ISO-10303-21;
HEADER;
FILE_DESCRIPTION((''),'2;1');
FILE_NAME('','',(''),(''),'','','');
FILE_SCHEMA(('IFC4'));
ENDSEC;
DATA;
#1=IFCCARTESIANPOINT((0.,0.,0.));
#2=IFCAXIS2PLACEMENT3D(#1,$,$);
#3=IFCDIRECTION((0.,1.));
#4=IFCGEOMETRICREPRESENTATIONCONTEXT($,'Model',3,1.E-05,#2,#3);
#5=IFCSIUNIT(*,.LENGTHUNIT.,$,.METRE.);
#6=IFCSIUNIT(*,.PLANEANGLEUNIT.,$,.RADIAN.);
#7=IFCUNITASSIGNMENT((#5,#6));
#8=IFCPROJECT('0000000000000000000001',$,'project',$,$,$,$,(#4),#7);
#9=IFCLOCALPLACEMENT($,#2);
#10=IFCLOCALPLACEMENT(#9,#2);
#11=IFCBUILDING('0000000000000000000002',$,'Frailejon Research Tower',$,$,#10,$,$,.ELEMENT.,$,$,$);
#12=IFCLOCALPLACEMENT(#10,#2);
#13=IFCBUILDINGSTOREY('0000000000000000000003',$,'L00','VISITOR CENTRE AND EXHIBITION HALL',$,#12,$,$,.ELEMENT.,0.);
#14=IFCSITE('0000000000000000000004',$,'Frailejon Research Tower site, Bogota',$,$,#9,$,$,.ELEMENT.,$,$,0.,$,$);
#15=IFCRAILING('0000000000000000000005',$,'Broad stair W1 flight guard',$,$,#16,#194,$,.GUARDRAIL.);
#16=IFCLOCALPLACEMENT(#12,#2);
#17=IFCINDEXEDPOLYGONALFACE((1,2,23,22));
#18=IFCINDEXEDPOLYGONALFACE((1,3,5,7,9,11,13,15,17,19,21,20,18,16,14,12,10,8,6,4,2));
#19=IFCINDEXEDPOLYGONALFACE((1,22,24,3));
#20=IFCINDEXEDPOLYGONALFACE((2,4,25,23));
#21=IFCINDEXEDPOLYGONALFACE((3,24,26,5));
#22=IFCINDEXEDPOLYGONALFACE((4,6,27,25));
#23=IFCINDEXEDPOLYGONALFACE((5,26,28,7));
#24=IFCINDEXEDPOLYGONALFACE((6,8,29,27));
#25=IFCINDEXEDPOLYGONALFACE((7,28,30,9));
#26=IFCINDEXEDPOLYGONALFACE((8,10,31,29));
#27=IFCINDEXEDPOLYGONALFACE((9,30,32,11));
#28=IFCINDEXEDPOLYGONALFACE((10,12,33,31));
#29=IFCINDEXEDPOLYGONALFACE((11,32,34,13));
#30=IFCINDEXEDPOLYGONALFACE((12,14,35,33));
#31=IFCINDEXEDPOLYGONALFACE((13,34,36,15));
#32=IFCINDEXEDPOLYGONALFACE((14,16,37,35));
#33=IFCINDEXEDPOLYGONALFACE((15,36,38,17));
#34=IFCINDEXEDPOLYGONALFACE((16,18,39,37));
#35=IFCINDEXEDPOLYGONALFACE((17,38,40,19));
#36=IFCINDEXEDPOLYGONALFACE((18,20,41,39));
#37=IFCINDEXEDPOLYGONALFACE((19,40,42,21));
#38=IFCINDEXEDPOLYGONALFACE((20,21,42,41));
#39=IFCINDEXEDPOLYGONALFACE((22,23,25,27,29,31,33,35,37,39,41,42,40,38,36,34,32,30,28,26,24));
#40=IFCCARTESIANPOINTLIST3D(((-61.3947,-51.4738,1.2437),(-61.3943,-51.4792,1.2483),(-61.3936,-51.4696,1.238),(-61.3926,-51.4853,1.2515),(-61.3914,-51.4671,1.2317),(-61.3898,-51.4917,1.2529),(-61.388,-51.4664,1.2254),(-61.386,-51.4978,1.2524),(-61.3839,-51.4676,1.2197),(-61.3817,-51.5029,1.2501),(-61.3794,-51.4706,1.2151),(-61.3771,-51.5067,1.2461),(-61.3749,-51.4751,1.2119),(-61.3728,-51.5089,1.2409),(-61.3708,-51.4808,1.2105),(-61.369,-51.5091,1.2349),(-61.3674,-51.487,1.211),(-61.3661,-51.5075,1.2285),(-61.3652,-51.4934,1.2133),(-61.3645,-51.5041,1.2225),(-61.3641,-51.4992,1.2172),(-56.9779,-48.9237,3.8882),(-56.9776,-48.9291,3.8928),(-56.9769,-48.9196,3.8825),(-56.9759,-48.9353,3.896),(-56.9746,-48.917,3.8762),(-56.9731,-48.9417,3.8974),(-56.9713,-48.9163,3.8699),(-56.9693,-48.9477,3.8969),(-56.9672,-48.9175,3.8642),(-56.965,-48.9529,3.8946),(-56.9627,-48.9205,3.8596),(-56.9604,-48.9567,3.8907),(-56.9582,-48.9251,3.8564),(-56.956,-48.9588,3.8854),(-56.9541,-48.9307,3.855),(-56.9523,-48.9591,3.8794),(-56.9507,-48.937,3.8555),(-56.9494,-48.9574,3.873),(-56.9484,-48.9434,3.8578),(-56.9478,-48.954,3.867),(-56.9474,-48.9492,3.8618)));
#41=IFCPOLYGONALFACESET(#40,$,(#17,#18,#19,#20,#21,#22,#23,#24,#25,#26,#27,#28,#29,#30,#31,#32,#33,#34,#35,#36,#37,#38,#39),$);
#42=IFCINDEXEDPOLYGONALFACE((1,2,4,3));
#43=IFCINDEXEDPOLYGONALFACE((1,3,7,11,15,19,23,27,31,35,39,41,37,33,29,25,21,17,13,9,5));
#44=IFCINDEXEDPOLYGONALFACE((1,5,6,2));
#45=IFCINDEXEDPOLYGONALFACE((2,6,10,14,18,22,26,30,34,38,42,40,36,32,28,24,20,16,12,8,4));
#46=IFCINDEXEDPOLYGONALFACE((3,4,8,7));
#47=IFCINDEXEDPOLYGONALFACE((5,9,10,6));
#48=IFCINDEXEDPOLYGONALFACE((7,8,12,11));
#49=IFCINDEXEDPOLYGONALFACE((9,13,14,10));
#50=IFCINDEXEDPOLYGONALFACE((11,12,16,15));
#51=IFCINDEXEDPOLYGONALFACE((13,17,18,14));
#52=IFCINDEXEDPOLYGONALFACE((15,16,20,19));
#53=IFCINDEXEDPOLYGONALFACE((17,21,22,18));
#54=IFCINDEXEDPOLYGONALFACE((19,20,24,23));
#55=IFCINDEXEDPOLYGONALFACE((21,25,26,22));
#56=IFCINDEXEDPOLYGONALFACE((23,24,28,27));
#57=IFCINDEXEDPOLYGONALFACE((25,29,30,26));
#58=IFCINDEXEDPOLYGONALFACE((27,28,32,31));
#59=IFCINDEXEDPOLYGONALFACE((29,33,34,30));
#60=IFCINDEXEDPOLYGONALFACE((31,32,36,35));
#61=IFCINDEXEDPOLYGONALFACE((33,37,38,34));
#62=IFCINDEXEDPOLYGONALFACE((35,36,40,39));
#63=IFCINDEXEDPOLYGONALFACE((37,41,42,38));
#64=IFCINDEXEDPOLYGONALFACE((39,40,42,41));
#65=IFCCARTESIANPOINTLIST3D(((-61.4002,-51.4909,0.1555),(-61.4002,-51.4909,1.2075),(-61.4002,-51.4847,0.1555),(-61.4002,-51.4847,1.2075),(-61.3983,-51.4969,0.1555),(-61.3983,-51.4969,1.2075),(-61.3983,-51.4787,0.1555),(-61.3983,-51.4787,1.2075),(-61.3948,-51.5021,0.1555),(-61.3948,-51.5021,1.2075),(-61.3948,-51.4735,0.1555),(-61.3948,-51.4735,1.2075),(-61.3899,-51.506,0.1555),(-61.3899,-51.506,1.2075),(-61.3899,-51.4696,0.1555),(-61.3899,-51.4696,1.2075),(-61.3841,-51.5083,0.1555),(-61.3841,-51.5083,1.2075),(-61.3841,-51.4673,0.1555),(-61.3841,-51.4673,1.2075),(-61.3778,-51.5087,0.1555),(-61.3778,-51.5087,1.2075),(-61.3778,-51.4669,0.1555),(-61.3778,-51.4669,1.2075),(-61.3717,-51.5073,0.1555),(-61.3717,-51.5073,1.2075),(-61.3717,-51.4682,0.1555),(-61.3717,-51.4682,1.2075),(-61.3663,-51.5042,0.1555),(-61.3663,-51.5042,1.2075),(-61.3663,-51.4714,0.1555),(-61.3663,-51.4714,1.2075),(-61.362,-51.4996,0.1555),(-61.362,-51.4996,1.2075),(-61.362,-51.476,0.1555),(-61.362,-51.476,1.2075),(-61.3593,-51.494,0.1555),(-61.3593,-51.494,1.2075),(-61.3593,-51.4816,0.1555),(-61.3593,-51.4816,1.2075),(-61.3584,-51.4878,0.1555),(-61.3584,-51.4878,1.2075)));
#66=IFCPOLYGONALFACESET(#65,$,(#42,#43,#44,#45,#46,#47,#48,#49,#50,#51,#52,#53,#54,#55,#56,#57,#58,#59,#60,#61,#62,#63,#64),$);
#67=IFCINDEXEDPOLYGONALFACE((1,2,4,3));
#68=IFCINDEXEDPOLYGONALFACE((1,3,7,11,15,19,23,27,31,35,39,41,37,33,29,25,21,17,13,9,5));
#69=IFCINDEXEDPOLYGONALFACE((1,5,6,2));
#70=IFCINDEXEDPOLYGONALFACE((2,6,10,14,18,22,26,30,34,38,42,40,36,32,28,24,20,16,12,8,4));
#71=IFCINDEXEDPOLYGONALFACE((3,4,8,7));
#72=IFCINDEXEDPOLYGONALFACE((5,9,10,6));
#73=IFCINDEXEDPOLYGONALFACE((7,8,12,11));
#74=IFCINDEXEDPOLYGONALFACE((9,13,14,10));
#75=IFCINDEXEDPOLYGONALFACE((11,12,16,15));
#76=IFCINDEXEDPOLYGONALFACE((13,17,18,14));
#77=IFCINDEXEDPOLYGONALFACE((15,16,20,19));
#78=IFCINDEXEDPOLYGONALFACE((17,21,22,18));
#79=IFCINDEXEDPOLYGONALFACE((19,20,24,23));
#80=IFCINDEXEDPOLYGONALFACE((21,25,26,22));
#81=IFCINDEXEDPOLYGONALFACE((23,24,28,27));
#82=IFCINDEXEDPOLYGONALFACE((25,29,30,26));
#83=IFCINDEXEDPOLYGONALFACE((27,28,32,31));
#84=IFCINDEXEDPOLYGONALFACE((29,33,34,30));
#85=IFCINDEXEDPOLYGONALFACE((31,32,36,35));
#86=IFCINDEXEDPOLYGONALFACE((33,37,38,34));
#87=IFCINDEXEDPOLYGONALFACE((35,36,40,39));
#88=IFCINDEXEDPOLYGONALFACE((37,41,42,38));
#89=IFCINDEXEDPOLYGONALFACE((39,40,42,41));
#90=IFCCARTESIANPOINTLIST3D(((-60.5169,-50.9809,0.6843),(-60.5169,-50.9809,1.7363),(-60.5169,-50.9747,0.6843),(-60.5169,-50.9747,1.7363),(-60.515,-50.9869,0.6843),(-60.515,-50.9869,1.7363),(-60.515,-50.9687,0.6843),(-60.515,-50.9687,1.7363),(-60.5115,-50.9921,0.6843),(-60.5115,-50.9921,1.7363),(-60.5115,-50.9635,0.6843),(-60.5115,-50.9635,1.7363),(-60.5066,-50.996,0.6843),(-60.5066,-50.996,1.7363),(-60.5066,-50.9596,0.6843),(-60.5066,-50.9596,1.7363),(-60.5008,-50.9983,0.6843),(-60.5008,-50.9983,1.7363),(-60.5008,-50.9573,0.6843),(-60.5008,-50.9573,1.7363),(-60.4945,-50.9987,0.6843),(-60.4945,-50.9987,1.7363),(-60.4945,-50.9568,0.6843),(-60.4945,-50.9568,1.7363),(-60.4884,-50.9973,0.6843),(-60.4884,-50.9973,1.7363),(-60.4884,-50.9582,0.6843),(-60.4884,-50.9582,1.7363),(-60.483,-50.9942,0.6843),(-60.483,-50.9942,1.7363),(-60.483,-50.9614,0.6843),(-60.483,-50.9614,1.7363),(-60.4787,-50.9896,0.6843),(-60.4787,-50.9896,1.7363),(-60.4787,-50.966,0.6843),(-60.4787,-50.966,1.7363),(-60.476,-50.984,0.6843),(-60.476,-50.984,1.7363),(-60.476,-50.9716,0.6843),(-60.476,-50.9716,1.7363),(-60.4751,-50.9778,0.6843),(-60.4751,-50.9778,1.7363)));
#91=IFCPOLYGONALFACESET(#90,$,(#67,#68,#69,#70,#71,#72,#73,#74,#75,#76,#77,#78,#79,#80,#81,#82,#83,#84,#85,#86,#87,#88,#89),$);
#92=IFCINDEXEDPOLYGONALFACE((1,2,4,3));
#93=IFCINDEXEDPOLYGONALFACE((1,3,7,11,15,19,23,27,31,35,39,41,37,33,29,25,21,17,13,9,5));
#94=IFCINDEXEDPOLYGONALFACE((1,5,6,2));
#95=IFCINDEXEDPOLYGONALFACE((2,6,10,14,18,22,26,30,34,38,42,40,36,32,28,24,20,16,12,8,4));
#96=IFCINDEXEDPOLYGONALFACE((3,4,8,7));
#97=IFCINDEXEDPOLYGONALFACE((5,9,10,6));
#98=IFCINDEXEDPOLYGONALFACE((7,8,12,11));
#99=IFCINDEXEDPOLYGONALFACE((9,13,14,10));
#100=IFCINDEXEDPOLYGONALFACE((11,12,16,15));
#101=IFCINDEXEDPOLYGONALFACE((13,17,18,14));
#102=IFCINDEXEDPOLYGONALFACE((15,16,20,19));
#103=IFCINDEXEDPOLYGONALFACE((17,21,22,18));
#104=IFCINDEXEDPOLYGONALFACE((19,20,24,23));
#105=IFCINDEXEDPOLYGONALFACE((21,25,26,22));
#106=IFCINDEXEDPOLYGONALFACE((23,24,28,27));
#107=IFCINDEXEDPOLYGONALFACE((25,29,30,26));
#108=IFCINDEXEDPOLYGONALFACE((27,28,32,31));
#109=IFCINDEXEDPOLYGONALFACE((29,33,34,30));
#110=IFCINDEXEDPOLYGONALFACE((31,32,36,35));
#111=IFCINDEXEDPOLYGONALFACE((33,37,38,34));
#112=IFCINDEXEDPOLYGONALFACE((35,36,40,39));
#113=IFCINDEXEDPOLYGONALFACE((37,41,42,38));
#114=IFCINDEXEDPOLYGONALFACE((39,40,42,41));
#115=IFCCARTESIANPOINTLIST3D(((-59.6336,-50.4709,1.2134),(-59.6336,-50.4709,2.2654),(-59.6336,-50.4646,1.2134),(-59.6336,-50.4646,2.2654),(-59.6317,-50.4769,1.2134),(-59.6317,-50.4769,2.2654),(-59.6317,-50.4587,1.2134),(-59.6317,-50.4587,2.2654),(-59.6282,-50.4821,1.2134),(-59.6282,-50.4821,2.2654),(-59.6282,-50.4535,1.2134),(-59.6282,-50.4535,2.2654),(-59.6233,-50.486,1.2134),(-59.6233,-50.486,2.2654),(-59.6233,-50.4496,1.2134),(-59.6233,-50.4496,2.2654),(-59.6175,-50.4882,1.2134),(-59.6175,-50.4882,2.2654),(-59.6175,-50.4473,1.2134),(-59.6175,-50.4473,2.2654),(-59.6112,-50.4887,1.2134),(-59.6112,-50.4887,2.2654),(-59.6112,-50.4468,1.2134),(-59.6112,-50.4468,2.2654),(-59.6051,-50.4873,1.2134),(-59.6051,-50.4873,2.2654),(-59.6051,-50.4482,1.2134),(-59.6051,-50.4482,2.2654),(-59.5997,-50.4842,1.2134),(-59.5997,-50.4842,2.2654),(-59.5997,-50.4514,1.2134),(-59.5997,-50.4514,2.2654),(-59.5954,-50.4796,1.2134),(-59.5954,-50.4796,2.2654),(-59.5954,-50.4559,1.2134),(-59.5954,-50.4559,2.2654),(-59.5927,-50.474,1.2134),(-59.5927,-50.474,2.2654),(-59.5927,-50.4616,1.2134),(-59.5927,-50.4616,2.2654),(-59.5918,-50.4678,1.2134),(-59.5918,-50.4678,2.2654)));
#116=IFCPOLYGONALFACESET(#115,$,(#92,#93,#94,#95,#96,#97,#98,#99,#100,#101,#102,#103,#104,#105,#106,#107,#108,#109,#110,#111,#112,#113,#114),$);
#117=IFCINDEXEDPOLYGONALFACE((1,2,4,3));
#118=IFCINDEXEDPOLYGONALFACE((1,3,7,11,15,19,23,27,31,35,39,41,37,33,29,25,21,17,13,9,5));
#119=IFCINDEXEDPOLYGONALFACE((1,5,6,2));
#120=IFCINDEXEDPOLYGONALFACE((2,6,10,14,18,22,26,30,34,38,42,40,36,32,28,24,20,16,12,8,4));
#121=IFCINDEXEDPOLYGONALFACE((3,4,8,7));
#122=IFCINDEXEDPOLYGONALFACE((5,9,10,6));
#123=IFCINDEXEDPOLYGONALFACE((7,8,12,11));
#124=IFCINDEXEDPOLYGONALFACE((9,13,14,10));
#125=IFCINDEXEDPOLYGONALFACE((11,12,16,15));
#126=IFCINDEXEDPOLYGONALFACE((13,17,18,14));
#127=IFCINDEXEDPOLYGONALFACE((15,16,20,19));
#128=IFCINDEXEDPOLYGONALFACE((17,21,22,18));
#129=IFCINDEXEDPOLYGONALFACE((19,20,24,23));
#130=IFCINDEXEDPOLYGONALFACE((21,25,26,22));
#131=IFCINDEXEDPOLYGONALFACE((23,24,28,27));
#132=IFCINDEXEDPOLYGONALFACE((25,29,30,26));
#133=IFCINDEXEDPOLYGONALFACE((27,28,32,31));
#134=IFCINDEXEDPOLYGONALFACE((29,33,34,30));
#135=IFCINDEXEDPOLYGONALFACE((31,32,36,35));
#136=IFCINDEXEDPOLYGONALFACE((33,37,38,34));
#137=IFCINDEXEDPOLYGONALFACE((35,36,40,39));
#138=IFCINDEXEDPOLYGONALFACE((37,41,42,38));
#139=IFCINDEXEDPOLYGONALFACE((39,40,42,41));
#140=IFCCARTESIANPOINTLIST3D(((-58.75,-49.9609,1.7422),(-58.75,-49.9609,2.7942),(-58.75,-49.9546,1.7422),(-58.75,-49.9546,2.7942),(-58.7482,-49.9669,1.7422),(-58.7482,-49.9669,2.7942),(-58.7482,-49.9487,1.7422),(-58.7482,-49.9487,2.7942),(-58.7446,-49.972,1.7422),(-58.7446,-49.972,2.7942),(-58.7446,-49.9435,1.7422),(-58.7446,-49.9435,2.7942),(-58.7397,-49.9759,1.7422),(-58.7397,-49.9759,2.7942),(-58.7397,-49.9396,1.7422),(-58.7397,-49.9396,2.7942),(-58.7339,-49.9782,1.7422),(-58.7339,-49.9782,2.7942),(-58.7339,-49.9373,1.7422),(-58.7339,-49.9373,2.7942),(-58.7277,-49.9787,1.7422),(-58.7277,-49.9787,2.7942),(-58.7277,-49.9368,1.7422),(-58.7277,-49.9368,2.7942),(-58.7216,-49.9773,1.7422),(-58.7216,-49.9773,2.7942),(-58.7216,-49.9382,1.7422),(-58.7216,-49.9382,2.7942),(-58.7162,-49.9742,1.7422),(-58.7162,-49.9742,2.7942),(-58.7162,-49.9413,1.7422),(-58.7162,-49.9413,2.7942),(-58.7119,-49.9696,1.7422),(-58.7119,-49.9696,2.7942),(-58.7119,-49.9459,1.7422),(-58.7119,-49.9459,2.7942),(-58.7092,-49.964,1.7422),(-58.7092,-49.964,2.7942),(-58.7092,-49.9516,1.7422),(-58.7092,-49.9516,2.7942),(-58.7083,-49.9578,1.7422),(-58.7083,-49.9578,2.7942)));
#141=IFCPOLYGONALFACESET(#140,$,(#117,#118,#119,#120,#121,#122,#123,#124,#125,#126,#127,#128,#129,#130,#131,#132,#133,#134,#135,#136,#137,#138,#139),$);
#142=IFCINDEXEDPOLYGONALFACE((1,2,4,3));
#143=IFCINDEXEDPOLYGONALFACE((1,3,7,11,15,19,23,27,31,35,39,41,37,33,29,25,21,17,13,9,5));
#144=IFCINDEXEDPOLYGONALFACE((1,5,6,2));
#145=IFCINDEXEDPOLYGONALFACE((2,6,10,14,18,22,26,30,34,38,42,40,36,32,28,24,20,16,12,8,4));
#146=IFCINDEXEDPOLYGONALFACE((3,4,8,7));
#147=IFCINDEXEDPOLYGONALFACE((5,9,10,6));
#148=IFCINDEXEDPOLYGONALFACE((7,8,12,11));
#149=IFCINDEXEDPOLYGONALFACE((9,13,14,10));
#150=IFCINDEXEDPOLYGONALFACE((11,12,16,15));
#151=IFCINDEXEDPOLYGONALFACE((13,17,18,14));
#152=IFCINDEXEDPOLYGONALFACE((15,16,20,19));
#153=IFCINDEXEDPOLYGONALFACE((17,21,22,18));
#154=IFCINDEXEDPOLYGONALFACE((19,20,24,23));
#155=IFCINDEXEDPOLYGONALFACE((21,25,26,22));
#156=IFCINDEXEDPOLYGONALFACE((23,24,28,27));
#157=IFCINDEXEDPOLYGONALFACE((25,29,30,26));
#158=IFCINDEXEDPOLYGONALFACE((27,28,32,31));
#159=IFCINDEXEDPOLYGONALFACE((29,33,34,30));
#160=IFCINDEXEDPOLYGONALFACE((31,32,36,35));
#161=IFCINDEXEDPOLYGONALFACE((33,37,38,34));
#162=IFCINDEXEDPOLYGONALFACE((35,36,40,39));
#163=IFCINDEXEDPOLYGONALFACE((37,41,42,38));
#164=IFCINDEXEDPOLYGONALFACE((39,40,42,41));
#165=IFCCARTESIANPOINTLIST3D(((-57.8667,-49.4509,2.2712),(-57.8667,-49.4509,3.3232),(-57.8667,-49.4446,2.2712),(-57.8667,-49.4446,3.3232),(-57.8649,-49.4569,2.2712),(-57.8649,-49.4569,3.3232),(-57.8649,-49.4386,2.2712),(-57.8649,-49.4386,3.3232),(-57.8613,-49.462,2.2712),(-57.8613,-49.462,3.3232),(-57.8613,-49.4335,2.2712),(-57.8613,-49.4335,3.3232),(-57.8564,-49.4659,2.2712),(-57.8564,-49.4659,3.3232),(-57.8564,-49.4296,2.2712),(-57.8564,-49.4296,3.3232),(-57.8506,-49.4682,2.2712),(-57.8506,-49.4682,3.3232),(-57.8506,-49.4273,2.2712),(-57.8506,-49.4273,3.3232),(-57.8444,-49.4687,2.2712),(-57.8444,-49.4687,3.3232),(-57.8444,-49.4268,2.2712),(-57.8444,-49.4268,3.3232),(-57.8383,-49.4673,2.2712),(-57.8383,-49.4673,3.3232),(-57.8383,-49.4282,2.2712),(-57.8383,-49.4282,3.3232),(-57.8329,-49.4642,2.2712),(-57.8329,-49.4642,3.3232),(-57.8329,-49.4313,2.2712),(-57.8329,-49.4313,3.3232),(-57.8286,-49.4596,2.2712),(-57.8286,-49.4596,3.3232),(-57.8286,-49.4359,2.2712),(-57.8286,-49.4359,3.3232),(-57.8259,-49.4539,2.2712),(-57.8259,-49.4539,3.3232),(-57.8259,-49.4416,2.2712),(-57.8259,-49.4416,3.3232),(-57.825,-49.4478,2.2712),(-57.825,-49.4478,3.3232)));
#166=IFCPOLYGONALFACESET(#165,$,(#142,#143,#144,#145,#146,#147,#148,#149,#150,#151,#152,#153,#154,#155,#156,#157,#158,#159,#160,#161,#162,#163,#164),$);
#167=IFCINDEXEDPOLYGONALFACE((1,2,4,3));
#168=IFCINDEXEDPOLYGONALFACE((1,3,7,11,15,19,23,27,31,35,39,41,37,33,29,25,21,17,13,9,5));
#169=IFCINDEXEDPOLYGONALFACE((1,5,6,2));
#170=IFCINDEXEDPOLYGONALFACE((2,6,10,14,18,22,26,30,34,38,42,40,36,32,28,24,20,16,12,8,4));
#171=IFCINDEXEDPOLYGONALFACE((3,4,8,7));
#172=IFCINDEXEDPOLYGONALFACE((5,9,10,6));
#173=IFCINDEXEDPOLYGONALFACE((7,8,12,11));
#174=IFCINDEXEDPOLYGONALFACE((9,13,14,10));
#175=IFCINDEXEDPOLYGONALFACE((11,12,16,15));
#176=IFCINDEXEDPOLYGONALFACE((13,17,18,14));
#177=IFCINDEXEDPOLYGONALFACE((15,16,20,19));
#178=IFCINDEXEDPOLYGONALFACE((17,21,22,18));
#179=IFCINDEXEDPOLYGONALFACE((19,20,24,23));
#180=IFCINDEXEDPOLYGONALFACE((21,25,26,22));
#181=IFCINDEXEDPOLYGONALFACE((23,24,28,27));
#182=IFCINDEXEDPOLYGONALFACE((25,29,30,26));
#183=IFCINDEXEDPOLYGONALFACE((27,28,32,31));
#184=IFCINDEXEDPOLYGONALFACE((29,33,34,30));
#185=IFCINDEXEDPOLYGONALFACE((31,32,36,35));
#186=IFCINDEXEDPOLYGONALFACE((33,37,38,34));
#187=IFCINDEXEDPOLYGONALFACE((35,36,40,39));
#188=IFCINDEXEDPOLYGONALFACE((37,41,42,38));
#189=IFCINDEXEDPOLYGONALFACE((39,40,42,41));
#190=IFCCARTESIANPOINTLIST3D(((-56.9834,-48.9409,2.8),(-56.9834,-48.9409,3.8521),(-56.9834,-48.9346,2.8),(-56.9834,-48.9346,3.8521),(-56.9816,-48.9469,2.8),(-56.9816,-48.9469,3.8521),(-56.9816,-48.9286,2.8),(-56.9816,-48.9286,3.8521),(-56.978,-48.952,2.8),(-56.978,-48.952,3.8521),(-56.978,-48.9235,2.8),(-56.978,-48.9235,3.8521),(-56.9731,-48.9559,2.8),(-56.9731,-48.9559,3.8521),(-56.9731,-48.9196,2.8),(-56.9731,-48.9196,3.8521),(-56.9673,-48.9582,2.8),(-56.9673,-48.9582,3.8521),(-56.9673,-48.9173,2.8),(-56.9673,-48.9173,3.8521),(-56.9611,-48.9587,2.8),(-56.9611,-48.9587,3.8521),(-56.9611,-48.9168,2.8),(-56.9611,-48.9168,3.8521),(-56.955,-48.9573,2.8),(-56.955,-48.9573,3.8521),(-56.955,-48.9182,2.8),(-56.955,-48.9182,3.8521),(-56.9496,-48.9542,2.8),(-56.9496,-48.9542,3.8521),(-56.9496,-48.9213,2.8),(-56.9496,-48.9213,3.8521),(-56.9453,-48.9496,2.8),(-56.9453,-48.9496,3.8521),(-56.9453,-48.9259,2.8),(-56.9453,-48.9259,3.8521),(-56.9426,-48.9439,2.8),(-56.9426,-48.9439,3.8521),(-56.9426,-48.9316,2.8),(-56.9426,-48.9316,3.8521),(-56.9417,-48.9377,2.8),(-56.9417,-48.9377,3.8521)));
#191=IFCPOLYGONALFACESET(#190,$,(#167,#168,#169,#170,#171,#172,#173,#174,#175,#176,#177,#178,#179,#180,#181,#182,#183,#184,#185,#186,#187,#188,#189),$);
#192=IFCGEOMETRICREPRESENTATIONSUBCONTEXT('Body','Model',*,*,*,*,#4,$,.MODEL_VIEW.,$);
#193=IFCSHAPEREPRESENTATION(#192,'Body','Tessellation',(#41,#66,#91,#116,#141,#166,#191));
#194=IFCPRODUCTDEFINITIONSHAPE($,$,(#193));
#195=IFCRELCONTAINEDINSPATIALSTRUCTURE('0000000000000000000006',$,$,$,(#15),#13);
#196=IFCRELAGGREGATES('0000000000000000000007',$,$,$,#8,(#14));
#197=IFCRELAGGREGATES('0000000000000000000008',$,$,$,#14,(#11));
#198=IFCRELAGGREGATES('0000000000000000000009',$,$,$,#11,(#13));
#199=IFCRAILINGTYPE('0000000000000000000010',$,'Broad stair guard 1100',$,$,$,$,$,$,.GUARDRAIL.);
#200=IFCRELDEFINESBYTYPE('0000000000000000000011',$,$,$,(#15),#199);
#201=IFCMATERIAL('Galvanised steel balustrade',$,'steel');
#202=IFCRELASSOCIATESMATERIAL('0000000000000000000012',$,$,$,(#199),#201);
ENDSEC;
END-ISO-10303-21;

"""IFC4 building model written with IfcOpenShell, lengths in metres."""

from ifc_helpers import new_model, si_unit, direction, frame, origin, origin_2d, place, context, subcontext, project, spatial, circle, extrude, material, type_object, element, save


model = new_model("IFC4")

# Units and contexts
model_context = context("Model", 3, precision=1e-05, world=origin(), true_north=direction((0.0, 1.0)))
body_context = subcontext(model_context, "Body", "Model", "MODEL_VIEW")
ifc_project = project(units=[si_unit("LENGTHUNIT", "METRE"), si_unit("PLANEANGLEUNIT", "RADIAN")], contexts=[model_context])

# Site, building, storey
site_placement = place(None, origin())
site = spatial("IfcSite", under=ifc_project, at=site_placement, Name="Frailejon Research Tower site, Bogota", CompositionType="ELEMENT", RefElevation=0.0)
building_placement = place(site_placement, origin())
building = spatial("IfcBuilding", under=site, at=building_placement, Name="Frailejon Research Tower", CompositionType="ELEMENT")
storey_placement = place(building_placement, origin())
storey = spatial("IfcBuildingStorey", under=building, at=storey_placement, Name="L00", Description="VISITOR CENTRE AND EXHIBITION HALL", CompositionType="ELEMENT", Elevation=0.0)

# Railing
ifc_material_1 = material(Name="Galvanised steel balustrade", Category="steel")
railing_type_1 = type_object("IfcRailingType", Name="Broad stair guard 1100", PredefinedType="GUARDRAIL", material=ifc_material_1)
railing_1_placement = place(storey_placement, frame((-61.3794, -51.4878, 0.1555)))
element("IfcRailing", 1, at=railing_1_placement, inside=storey, type_object=railing_type_1, Name="Broad stair W1 flight guard", PredefinedType="GUARDRAIL", context=body_context, shape_type="SweptSolid", body=[
    extrude(circle(Radius=0.0239, at=origin_2d()), frame((0.0, 0.0, 1.0762), z_axis=(0.768811, 0.44388, 0.460326), x_axis=(-0.500006, 0.866022, 0.0)), (0.0, 0.0, 1.0), 5.7449),
    extrude(circle(Radius=0.021, at=origin_2d()), origin(), (0.0, 0.0, 1.0), 1.052),
    extrude(circle(Radius=0.021, at=origin_2d()), frame((0.8833, 0.51, 0.5288)), (0.0, 0.0, 1.0), 1.052),
    extrude(circle(Radius=0.021, at=origin_2d()), frame((1.7666, 1.02, 1.0579)), (0.0, 0.0, 1.0), 1.052),
    extrude(circle(Radius=0.021, at=origin_2d()), frame((2.6501, 1.53, 1.5867)), (0.0, 0.0, 1.0), 1.052),
    extrude(circle(Radius=0.021, at=origin_2d()), frame((3.5334, 2.04, 2.1157)), (0.0, 0.0, 1.0), 1.052),
    extrude(circle(Radius=0.021, at=origin_2d()), frame((4.4167, 2.55, 2.6445)), (0.0, 0.0, 1.0), 1.052),
])

save(model, "model.ifc")
